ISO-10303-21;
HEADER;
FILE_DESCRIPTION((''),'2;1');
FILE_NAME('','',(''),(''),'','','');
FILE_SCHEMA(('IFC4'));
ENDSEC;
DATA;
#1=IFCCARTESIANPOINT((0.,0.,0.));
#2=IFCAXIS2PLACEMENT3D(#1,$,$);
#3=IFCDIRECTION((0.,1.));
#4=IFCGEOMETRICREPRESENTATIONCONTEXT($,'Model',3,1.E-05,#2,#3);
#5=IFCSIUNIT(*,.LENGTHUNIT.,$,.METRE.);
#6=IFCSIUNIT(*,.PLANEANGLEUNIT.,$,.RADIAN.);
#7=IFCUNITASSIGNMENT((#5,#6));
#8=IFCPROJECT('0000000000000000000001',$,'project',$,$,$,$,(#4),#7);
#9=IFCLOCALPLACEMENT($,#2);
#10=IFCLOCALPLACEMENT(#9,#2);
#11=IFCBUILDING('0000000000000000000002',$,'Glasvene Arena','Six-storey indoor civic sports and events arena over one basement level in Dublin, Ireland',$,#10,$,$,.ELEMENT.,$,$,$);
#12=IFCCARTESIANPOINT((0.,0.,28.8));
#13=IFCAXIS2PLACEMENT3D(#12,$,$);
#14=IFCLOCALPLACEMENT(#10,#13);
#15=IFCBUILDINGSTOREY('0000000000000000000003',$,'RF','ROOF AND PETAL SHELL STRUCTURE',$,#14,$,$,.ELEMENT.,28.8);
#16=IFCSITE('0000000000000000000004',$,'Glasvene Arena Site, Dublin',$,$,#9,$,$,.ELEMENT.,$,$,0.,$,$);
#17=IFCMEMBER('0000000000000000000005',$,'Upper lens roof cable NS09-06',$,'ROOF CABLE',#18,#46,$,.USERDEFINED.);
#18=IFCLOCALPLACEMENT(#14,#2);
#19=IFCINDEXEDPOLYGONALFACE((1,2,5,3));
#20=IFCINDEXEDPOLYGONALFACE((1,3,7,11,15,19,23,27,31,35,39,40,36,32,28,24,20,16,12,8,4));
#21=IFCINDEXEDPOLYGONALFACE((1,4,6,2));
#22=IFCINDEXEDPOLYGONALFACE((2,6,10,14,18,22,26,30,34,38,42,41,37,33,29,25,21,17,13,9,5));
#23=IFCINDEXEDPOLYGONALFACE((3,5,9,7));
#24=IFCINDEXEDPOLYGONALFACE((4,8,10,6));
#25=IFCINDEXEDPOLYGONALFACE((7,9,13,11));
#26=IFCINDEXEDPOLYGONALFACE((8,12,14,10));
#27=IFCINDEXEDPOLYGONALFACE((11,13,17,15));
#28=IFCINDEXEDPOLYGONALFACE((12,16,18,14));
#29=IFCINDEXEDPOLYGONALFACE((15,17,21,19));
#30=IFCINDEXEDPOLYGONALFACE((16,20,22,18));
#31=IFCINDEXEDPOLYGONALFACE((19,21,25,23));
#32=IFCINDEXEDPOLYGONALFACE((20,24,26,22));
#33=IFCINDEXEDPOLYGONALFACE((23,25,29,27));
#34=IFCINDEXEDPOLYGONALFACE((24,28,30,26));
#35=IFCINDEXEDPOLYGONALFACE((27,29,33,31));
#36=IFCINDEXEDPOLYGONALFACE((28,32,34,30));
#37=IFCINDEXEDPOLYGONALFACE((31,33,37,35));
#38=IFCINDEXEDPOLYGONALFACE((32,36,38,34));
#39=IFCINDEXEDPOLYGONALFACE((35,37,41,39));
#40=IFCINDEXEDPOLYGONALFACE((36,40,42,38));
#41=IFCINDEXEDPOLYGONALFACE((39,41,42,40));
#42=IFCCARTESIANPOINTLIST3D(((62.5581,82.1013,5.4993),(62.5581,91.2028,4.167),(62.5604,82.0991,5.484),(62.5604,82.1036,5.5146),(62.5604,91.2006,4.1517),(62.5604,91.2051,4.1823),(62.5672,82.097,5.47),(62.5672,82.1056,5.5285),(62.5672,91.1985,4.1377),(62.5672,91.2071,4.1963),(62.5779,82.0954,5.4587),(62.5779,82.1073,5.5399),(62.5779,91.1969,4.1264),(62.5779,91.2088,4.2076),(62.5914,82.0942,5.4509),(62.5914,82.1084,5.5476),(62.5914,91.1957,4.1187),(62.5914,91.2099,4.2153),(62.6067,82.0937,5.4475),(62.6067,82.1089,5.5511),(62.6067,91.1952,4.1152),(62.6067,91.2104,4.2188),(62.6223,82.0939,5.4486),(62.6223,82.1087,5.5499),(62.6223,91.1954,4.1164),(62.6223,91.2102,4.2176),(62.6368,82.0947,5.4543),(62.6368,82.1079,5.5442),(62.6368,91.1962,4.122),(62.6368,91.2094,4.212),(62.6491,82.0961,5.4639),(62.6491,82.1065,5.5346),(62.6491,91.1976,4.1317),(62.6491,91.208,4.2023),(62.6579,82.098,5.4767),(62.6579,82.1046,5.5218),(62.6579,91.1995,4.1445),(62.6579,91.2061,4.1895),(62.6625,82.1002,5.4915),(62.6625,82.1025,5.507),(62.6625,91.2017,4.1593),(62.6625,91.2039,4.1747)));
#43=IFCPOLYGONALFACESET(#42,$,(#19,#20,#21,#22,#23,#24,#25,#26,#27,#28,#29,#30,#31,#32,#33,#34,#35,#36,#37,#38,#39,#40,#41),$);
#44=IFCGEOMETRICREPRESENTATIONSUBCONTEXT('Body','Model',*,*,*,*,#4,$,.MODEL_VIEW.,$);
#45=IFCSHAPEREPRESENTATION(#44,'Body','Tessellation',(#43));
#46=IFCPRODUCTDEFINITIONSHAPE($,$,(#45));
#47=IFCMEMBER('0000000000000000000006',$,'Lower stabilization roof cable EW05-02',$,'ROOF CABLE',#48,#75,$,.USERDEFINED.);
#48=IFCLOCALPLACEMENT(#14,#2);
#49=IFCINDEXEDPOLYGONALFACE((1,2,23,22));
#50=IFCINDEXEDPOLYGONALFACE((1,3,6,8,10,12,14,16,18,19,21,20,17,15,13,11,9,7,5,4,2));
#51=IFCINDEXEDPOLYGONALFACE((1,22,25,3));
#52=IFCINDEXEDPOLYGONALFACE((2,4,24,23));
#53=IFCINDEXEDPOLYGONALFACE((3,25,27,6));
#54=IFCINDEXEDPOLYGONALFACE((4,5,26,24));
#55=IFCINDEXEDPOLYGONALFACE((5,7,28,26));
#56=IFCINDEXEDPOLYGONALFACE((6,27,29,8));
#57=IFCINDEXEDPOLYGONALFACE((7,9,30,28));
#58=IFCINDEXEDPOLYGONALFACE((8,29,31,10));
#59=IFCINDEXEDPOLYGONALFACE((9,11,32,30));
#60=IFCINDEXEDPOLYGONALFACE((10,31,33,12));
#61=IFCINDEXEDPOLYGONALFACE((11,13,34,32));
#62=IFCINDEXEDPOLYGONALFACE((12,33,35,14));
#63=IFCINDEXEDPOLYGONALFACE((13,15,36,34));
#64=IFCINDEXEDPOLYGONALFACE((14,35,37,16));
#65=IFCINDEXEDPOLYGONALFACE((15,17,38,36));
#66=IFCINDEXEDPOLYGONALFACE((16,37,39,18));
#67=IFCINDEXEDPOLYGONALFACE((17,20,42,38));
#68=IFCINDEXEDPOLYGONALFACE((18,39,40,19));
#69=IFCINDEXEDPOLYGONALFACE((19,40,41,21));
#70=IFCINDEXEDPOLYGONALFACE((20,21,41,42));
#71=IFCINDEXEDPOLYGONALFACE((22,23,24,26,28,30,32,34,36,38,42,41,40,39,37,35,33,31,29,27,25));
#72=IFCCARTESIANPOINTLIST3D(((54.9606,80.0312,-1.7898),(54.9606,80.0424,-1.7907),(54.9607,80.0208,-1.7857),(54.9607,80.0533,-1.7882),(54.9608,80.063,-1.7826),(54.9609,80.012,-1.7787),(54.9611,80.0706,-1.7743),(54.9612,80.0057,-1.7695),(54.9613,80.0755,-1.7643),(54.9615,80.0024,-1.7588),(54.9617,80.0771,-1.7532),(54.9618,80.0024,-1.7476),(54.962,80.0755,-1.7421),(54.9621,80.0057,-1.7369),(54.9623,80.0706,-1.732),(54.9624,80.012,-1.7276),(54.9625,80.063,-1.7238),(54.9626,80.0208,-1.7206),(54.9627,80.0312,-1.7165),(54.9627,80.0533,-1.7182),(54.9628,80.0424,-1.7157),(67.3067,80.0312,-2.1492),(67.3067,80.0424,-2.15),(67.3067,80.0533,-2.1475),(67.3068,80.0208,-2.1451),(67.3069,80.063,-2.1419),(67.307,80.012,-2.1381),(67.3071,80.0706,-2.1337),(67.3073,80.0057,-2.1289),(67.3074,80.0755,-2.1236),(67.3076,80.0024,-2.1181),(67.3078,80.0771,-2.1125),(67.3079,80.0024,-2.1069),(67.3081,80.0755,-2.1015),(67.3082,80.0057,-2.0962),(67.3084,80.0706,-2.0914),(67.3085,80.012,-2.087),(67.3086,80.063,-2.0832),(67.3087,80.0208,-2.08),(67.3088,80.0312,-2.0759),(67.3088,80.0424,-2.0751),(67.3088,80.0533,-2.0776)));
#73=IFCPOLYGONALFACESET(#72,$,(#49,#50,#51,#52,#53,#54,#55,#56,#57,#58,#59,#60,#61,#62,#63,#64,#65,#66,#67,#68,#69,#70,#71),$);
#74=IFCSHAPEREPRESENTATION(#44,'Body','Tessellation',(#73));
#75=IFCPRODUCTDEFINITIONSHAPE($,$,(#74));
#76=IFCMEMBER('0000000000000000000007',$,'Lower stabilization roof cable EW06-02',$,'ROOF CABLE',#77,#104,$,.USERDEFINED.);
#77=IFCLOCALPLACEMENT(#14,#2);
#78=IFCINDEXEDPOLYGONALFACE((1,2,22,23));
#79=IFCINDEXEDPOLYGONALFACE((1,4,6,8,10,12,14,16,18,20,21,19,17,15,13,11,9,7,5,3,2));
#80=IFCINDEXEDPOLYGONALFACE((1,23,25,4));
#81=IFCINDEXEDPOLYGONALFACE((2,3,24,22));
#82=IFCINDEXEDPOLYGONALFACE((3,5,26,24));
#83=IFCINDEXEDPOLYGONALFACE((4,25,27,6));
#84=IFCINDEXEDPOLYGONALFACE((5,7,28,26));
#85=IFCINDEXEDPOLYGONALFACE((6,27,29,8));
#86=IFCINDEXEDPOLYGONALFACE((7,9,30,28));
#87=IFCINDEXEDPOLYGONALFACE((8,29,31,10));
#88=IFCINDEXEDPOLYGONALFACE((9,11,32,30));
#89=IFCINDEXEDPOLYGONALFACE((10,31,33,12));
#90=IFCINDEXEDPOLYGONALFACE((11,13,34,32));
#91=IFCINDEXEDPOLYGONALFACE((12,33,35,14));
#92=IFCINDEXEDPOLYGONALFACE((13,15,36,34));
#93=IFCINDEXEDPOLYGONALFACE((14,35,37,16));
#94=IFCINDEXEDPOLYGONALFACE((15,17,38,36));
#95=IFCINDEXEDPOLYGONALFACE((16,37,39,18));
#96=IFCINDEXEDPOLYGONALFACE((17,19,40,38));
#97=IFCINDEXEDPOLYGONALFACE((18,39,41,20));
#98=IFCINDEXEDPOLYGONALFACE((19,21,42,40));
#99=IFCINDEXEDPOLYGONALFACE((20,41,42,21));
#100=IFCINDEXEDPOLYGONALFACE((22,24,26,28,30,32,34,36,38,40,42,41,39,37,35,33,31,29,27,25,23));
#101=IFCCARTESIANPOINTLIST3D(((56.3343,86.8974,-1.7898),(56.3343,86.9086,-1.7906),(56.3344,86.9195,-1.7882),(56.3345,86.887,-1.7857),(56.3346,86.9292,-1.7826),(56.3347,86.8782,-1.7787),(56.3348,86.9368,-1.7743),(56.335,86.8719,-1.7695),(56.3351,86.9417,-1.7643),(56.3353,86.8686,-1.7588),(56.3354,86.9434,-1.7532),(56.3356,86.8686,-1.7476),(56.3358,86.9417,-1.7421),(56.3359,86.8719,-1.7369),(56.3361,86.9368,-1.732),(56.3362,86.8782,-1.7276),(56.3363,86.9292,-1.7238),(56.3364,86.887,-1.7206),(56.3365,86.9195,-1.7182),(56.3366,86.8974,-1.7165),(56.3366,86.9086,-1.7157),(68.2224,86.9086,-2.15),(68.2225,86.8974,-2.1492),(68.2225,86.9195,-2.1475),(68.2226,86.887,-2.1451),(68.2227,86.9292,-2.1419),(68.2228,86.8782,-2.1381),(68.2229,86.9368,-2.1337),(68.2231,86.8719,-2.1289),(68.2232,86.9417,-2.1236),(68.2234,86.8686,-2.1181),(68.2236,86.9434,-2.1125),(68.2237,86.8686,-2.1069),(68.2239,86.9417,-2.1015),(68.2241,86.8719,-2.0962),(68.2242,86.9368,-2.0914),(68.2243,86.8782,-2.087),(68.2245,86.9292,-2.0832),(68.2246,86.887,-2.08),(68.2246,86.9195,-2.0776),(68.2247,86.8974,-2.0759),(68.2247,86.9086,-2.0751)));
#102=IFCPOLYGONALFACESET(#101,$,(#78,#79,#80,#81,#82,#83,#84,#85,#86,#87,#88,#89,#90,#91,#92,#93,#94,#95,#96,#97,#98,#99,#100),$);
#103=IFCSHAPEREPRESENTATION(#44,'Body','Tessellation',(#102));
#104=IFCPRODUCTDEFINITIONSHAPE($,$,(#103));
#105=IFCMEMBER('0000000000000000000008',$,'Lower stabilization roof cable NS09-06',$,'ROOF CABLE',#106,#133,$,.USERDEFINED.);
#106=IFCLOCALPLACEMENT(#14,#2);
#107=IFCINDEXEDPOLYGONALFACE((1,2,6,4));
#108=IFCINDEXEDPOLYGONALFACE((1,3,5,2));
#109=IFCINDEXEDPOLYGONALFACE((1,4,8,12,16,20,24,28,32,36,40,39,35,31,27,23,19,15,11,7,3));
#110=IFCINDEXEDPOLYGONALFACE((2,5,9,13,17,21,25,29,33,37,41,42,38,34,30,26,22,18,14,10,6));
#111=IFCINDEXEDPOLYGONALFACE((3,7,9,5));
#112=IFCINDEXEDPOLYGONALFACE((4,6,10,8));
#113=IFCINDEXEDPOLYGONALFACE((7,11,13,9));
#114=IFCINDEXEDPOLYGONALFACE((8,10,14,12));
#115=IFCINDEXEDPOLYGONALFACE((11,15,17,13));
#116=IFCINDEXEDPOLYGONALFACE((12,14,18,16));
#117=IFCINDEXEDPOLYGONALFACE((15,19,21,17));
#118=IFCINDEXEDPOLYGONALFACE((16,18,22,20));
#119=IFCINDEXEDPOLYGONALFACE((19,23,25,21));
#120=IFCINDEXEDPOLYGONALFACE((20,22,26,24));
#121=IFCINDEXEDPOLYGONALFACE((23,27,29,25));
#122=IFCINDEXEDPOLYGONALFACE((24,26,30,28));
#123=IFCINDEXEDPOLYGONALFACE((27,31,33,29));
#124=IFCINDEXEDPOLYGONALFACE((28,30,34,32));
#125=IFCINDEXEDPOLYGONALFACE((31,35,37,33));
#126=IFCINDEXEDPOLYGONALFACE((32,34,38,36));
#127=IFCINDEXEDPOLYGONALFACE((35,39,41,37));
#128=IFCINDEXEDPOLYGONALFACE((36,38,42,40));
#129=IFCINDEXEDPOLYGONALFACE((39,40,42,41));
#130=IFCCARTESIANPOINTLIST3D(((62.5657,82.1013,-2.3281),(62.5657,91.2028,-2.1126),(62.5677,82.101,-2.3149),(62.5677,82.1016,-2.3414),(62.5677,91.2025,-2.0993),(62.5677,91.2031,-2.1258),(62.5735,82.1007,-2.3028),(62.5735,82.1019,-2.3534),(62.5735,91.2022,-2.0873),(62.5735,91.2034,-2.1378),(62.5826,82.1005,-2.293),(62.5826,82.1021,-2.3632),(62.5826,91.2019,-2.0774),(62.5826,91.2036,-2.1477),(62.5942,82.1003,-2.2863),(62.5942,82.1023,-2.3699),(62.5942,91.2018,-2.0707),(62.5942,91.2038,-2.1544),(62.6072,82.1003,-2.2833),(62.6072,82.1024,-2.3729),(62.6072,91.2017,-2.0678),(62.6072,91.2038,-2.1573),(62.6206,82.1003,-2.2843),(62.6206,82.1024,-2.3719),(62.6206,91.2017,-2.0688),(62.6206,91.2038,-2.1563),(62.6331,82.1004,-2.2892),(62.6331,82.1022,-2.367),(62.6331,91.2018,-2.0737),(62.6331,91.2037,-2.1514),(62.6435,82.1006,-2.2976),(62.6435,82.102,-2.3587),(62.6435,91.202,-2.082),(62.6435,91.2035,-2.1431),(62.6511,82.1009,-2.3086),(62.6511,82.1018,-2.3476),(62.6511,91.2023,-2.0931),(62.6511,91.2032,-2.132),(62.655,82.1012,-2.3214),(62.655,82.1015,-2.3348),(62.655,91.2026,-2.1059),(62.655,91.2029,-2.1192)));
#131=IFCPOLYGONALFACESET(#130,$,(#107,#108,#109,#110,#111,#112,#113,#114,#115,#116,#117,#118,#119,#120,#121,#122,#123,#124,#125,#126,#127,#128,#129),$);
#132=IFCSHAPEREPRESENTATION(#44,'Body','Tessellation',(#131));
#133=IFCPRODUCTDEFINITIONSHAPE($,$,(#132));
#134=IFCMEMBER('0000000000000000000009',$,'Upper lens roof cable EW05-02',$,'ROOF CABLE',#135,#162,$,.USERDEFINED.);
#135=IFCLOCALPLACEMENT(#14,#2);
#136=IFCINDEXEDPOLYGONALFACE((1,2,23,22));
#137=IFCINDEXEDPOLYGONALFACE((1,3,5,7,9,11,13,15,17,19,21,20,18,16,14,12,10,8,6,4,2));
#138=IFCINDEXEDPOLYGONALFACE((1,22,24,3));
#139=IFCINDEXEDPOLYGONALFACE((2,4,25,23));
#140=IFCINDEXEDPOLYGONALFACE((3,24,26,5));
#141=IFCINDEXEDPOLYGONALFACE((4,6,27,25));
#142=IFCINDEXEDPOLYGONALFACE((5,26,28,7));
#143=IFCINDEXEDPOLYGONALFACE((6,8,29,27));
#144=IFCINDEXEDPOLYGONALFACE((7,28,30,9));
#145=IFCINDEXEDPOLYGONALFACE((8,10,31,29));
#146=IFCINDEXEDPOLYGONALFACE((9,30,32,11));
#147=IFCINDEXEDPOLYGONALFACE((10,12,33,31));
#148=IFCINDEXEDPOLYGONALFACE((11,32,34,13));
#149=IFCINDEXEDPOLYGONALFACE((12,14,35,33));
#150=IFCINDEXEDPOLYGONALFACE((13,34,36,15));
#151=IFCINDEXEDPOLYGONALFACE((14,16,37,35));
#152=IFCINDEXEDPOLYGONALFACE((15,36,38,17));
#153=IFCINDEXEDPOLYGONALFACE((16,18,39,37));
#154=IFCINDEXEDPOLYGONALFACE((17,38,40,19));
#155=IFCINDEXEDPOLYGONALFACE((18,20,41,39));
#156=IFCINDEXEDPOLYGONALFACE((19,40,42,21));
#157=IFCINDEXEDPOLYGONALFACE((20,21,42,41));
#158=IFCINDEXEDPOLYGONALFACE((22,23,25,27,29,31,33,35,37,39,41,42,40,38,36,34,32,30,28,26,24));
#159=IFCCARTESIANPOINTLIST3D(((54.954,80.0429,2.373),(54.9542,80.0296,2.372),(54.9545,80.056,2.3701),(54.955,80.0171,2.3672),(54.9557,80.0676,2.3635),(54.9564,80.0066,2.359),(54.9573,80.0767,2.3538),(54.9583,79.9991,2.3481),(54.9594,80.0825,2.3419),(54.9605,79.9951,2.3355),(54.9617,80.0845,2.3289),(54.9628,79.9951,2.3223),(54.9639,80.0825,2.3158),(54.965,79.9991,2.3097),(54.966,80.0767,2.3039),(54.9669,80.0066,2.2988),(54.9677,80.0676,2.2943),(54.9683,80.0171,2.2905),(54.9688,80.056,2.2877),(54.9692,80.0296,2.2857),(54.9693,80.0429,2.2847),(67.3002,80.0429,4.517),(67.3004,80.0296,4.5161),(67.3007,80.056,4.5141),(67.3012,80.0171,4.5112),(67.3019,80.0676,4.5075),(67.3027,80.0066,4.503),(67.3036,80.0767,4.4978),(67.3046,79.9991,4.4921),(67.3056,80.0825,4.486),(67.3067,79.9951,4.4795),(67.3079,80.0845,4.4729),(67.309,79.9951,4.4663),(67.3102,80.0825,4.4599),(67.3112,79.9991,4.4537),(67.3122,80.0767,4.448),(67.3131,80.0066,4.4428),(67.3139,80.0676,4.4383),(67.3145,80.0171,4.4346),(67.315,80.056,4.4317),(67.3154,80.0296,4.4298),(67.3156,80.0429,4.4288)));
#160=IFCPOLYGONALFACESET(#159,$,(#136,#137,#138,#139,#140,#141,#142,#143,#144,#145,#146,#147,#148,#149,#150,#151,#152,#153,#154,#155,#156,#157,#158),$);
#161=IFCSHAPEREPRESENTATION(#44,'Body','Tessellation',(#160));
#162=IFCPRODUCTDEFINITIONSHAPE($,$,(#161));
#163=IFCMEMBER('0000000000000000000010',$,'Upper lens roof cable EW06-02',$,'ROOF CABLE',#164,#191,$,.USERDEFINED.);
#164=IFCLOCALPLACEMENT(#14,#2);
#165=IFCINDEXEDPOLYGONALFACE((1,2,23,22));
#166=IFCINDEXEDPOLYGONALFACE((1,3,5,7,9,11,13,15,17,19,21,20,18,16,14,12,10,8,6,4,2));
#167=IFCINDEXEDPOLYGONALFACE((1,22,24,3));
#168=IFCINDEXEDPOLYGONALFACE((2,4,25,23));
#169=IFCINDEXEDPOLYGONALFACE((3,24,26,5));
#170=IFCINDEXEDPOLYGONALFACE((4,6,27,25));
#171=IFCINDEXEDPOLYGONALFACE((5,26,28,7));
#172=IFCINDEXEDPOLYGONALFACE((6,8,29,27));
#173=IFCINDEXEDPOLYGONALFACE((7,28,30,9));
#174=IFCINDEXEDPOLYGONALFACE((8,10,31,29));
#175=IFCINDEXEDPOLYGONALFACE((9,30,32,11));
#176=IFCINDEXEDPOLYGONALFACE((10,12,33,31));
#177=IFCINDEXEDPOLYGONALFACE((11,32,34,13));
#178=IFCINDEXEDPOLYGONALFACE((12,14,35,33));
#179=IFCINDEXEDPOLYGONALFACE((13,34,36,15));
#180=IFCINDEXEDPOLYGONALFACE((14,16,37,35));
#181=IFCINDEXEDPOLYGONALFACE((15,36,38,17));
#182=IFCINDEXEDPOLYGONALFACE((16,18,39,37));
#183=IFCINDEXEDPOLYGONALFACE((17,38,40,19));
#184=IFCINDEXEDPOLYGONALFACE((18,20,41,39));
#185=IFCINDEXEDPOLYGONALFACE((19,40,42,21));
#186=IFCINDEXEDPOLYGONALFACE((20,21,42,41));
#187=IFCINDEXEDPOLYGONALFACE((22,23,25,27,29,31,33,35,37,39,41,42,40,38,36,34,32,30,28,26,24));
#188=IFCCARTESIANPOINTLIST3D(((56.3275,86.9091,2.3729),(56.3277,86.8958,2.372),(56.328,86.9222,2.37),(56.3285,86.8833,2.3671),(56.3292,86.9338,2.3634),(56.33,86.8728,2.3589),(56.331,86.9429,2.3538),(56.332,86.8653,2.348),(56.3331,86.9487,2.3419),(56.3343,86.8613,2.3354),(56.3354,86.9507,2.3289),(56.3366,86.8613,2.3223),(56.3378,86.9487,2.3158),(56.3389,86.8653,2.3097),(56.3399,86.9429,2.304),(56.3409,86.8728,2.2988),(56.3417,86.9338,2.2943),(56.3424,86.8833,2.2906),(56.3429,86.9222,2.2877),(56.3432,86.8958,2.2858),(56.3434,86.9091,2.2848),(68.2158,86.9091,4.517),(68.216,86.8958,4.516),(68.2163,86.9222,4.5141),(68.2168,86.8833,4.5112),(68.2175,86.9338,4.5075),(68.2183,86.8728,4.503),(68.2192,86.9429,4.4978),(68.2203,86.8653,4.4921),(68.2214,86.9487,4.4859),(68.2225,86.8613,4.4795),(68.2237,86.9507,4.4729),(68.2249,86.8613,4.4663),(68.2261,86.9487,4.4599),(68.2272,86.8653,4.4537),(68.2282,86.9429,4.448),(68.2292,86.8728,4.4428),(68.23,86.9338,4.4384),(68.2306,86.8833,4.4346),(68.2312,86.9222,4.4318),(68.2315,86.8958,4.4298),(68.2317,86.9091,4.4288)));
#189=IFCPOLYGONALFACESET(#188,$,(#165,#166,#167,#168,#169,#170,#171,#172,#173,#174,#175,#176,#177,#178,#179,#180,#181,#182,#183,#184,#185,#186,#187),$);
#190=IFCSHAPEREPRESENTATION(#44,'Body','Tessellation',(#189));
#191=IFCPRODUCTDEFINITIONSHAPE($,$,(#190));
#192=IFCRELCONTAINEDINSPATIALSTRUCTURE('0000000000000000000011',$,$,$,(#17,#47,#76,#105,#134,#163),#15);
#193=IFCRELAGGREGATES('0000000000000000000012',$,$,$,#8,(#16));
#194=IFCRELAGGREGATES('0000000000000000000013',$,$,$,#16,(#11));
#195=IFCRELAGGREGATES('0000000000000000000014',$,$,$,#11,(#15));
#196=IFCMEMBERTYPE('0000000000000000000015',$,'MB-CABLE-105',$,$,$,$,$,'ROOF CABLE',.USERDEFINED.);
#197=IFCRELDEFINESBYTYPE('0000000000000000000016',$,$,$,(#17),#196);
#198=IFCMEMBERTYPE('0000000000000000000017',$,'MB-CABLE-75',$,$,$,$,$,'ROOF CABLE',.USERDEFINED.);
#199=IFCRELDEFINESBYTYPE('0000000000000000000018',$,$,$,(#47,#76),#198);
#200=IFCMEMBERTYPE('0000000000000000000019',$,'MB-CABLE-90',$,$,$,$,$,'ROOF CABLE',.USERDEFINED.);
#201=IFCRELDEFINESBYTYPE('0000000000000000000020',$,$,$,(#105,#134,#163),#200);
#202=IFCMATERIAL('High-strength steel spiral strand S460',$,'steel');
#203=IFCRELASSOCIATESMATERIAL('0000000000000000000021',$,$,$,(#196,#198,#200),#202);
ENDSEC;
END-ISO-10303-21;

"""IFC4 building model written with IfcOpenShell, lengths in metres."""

from ifc_helpers import new_model, si_unit, direction, frame, origin, origin_2d, place, context, subcontext, project, spatial, circle, extrude, material, material_profile, profile_set, type_object, element, save


model = new_model("IFC4")

# Units and contexts
model_context = context("Model", 3, precision=1e-05, world=origin(), true_north=direction((0.0, 1.0)))
body_context = subcontext(model_context, "Body", "Model", "MODEL_VIEW")
ifc_project = project(units=[si_unit("LENGTHUNIT", "METRE"), si_unit("PLANEANGLEUNIT", "RADIAN")], contexts=[model_context])

# Site, building, storey
site_placement = place(None, origin())
site = spatial("IfcSite", under=ifc_project, at=site_placement, Name="Glasvene Arena Site, Dublin", CompositionType="ELEMENT", RefElevation=0.0)
building_placement = place(site_placement, origin())
building = spatial("IfcBuilding", under=site, at=building_placement, Name="Glasvene Arena", Description="Six-storey indoor civic sports and events arena over one basement level in Dublin, Ireland", CompositionType="ELEMENT")
storey_placement = place(building_placement, frame((0.0, 0.0, 28.8)))
storey = spatial("IfcBuildingStorey", under=building, at=storey_placement, Name="RF", Description="ROOF AND PETAL SHELL STRUCTURE", CompositionType="ELEMENT", Elevation=28.8)

# Members
ifc_material_1 = material(Name="High-strength steel spiral strand S460", Category="steel")
ifc_material_profile_1 = material_profile(ifc_material_1, circle(Radius=0.0525, at=origin_2d()), Name="LCSS D105")
ifc_profile_set_1 = profile_set([ifc_material_profile_1], Name="High-strength steel spiral strand S460")
member_type_1 = type_object("IfcMemberType", Name="MB-CABLE-105", ElementType="ROOF CABLE", PredefinedType="USERDEFINED", material=ifc_profile_set_1)
member_1_placement = place(storey_placement, frame((62.6106, 82.1013, 5.4993), z_axis=(0.0, 0.989456, -0.144835), x_axis=(-1.0, 0.0, 0.0)))
element("IfcMember", 1, at=member_1_placement, inside=storey, type_object=member_type_1, Name="Upper lens roof cable NS09-06", ObjectType="ROOF CABLE", PredefinedType="USERDEFINED", context=body_context, shape_type="SweptSolid", body=[
    extrude(circle(Radius=0.0525, at=origin_2d()), origin(), (0.0, 0.0, 1.0), 9.1985),
])
ifc_material_profile_2 = material_profile(ifc_material_1, circle(Radius=0.0376, at=origin_2d()), Name="LCSS D75")
ifc_profile_set_2 = profile_set([ifc_material_profile_2], Name="High-strength steel spiral strand S460")
member_type_2 = type_object("IfcMemberType", Name="MB-CABLE-75", ElementType="ROOF CABLE", PredefinedType="USERDEFINED", material=ifc_profile_set_2)
member_2_placement = place(storey_placement, frame((54.9617, 80.0396, -1.7532), z_axis=(0.999577, 0.0, -0.029096), x_axis=(0.0, 1.0, 0.0)))
element("IfcMember", 2, at=member_2_placement, inside=storey, type_object=member_type_2, Name="Lower stabilization roof cable EW05-02", ObjectType="ROOF CABLE", PredefinedType="USERDEFINED", context=body_context, shape_type="SweptSolid", body=[
    extrude(circle(Radius=0.0376, at=origin_2d()), origin(), (0.0, 0.0, 1.0), 12.3513),
])
member_3_placement = place(storey_placement, frame((56.3354, 86.9058, -1.7532), z_axis=(0.999543, 0.0, -0.030216), x_axis=(0.0, 1.0, 0.0)))
element("IfcMember", 3, at=member_3_placement, inside=storey, type_object=member_type_2, Name="Lower stabilization roof cable EW06-02", ObjectType="ROOF CABLE", PredefinedType="USERDEFINED", context=body_context, shape_type="SweptSolid", body=[
    extrude(circle(Radius=0.0376, at=origin_2d()), origin(), (0.0, 0.0, 1.0), 11.8936),
])
ifc_material_profile_3 = material_profile(ifc_material_1, circle(Radius=0.0449, at=origin_2d()), Name="LCSS D90")
ifc_profile_set_3 = profile_set([ifc_material_profile_3], Name="High-strength steel spiral strand S460")
member_type_3 = type_object("IfcMemberType", Name="MB-CABLE-90", ElementType="ROOF CABLE", PredefinedType="USERDEFINED", material=ifc_profile_set_3)
member_4_placement = place(storey_placement, frame((62.6106, 82.1013, -2.3281), z_axis=(0.0, 0.99972, 0.023679), x_axis=(-1.0, 0.0, 0.0)))
element("IfcMember", 4, at=member_4_placement, inside=storey, type_object=member_type_3, Name="Lower stabilization roof cable NS09-06", ObjectType="ROOF CABLE", PredefinedType="USERDEFINED", context=body_context, shape_type="SweptSolid", body=[
    extrude(circle(Radius=0.0449, at=origin_2d()), origin(), (0.0, 0.0, 1.0), 9.104),
])
member_5_placement = place(storey_placement, frame((54.9617, 80.0396, 2.3289), z_axis=(0.985254, 0.0, 0.171099), x_axis=(0.0, 1.0, 0.0)))
element("IfcMember", 5, at=member_5_placement, inside=storey, type_object=member_type_3, Name="Upper lens roof cable EW05-02", ObjectType="ROOF CABLE", PredefinedType="USERDEFINED", context=body_context, shape_type="SweptSolid", body=[
    extrude(circle(Radius=0.0449, at=origin_2d()), origin(), (0.0, 0.0, 1.0), 12.531),
])
member_6_placement = place(storey_placement, frame((56.3354, 86.9058, 2.3289), z_axis=(0.984123, 0.0, 0.177487), x_axis=(0.0, 1.0, 0.0)))
element("IfcMember", 6, at=member_6_placement, inside=storey, type_object=member_type_3, Name="Upper lens roof cable EW06-02", ObjectType="ROOF CABLE", PredefinedType="USERDEFINED", context=body_context, shape_type="SweptSolid", body=[
    extrude(circle(Radius=0.0449, at=origin_2d()), origin(), (0.0, 0.0, 1.0), 12.0801),
])

save(model, "model.ifc")
